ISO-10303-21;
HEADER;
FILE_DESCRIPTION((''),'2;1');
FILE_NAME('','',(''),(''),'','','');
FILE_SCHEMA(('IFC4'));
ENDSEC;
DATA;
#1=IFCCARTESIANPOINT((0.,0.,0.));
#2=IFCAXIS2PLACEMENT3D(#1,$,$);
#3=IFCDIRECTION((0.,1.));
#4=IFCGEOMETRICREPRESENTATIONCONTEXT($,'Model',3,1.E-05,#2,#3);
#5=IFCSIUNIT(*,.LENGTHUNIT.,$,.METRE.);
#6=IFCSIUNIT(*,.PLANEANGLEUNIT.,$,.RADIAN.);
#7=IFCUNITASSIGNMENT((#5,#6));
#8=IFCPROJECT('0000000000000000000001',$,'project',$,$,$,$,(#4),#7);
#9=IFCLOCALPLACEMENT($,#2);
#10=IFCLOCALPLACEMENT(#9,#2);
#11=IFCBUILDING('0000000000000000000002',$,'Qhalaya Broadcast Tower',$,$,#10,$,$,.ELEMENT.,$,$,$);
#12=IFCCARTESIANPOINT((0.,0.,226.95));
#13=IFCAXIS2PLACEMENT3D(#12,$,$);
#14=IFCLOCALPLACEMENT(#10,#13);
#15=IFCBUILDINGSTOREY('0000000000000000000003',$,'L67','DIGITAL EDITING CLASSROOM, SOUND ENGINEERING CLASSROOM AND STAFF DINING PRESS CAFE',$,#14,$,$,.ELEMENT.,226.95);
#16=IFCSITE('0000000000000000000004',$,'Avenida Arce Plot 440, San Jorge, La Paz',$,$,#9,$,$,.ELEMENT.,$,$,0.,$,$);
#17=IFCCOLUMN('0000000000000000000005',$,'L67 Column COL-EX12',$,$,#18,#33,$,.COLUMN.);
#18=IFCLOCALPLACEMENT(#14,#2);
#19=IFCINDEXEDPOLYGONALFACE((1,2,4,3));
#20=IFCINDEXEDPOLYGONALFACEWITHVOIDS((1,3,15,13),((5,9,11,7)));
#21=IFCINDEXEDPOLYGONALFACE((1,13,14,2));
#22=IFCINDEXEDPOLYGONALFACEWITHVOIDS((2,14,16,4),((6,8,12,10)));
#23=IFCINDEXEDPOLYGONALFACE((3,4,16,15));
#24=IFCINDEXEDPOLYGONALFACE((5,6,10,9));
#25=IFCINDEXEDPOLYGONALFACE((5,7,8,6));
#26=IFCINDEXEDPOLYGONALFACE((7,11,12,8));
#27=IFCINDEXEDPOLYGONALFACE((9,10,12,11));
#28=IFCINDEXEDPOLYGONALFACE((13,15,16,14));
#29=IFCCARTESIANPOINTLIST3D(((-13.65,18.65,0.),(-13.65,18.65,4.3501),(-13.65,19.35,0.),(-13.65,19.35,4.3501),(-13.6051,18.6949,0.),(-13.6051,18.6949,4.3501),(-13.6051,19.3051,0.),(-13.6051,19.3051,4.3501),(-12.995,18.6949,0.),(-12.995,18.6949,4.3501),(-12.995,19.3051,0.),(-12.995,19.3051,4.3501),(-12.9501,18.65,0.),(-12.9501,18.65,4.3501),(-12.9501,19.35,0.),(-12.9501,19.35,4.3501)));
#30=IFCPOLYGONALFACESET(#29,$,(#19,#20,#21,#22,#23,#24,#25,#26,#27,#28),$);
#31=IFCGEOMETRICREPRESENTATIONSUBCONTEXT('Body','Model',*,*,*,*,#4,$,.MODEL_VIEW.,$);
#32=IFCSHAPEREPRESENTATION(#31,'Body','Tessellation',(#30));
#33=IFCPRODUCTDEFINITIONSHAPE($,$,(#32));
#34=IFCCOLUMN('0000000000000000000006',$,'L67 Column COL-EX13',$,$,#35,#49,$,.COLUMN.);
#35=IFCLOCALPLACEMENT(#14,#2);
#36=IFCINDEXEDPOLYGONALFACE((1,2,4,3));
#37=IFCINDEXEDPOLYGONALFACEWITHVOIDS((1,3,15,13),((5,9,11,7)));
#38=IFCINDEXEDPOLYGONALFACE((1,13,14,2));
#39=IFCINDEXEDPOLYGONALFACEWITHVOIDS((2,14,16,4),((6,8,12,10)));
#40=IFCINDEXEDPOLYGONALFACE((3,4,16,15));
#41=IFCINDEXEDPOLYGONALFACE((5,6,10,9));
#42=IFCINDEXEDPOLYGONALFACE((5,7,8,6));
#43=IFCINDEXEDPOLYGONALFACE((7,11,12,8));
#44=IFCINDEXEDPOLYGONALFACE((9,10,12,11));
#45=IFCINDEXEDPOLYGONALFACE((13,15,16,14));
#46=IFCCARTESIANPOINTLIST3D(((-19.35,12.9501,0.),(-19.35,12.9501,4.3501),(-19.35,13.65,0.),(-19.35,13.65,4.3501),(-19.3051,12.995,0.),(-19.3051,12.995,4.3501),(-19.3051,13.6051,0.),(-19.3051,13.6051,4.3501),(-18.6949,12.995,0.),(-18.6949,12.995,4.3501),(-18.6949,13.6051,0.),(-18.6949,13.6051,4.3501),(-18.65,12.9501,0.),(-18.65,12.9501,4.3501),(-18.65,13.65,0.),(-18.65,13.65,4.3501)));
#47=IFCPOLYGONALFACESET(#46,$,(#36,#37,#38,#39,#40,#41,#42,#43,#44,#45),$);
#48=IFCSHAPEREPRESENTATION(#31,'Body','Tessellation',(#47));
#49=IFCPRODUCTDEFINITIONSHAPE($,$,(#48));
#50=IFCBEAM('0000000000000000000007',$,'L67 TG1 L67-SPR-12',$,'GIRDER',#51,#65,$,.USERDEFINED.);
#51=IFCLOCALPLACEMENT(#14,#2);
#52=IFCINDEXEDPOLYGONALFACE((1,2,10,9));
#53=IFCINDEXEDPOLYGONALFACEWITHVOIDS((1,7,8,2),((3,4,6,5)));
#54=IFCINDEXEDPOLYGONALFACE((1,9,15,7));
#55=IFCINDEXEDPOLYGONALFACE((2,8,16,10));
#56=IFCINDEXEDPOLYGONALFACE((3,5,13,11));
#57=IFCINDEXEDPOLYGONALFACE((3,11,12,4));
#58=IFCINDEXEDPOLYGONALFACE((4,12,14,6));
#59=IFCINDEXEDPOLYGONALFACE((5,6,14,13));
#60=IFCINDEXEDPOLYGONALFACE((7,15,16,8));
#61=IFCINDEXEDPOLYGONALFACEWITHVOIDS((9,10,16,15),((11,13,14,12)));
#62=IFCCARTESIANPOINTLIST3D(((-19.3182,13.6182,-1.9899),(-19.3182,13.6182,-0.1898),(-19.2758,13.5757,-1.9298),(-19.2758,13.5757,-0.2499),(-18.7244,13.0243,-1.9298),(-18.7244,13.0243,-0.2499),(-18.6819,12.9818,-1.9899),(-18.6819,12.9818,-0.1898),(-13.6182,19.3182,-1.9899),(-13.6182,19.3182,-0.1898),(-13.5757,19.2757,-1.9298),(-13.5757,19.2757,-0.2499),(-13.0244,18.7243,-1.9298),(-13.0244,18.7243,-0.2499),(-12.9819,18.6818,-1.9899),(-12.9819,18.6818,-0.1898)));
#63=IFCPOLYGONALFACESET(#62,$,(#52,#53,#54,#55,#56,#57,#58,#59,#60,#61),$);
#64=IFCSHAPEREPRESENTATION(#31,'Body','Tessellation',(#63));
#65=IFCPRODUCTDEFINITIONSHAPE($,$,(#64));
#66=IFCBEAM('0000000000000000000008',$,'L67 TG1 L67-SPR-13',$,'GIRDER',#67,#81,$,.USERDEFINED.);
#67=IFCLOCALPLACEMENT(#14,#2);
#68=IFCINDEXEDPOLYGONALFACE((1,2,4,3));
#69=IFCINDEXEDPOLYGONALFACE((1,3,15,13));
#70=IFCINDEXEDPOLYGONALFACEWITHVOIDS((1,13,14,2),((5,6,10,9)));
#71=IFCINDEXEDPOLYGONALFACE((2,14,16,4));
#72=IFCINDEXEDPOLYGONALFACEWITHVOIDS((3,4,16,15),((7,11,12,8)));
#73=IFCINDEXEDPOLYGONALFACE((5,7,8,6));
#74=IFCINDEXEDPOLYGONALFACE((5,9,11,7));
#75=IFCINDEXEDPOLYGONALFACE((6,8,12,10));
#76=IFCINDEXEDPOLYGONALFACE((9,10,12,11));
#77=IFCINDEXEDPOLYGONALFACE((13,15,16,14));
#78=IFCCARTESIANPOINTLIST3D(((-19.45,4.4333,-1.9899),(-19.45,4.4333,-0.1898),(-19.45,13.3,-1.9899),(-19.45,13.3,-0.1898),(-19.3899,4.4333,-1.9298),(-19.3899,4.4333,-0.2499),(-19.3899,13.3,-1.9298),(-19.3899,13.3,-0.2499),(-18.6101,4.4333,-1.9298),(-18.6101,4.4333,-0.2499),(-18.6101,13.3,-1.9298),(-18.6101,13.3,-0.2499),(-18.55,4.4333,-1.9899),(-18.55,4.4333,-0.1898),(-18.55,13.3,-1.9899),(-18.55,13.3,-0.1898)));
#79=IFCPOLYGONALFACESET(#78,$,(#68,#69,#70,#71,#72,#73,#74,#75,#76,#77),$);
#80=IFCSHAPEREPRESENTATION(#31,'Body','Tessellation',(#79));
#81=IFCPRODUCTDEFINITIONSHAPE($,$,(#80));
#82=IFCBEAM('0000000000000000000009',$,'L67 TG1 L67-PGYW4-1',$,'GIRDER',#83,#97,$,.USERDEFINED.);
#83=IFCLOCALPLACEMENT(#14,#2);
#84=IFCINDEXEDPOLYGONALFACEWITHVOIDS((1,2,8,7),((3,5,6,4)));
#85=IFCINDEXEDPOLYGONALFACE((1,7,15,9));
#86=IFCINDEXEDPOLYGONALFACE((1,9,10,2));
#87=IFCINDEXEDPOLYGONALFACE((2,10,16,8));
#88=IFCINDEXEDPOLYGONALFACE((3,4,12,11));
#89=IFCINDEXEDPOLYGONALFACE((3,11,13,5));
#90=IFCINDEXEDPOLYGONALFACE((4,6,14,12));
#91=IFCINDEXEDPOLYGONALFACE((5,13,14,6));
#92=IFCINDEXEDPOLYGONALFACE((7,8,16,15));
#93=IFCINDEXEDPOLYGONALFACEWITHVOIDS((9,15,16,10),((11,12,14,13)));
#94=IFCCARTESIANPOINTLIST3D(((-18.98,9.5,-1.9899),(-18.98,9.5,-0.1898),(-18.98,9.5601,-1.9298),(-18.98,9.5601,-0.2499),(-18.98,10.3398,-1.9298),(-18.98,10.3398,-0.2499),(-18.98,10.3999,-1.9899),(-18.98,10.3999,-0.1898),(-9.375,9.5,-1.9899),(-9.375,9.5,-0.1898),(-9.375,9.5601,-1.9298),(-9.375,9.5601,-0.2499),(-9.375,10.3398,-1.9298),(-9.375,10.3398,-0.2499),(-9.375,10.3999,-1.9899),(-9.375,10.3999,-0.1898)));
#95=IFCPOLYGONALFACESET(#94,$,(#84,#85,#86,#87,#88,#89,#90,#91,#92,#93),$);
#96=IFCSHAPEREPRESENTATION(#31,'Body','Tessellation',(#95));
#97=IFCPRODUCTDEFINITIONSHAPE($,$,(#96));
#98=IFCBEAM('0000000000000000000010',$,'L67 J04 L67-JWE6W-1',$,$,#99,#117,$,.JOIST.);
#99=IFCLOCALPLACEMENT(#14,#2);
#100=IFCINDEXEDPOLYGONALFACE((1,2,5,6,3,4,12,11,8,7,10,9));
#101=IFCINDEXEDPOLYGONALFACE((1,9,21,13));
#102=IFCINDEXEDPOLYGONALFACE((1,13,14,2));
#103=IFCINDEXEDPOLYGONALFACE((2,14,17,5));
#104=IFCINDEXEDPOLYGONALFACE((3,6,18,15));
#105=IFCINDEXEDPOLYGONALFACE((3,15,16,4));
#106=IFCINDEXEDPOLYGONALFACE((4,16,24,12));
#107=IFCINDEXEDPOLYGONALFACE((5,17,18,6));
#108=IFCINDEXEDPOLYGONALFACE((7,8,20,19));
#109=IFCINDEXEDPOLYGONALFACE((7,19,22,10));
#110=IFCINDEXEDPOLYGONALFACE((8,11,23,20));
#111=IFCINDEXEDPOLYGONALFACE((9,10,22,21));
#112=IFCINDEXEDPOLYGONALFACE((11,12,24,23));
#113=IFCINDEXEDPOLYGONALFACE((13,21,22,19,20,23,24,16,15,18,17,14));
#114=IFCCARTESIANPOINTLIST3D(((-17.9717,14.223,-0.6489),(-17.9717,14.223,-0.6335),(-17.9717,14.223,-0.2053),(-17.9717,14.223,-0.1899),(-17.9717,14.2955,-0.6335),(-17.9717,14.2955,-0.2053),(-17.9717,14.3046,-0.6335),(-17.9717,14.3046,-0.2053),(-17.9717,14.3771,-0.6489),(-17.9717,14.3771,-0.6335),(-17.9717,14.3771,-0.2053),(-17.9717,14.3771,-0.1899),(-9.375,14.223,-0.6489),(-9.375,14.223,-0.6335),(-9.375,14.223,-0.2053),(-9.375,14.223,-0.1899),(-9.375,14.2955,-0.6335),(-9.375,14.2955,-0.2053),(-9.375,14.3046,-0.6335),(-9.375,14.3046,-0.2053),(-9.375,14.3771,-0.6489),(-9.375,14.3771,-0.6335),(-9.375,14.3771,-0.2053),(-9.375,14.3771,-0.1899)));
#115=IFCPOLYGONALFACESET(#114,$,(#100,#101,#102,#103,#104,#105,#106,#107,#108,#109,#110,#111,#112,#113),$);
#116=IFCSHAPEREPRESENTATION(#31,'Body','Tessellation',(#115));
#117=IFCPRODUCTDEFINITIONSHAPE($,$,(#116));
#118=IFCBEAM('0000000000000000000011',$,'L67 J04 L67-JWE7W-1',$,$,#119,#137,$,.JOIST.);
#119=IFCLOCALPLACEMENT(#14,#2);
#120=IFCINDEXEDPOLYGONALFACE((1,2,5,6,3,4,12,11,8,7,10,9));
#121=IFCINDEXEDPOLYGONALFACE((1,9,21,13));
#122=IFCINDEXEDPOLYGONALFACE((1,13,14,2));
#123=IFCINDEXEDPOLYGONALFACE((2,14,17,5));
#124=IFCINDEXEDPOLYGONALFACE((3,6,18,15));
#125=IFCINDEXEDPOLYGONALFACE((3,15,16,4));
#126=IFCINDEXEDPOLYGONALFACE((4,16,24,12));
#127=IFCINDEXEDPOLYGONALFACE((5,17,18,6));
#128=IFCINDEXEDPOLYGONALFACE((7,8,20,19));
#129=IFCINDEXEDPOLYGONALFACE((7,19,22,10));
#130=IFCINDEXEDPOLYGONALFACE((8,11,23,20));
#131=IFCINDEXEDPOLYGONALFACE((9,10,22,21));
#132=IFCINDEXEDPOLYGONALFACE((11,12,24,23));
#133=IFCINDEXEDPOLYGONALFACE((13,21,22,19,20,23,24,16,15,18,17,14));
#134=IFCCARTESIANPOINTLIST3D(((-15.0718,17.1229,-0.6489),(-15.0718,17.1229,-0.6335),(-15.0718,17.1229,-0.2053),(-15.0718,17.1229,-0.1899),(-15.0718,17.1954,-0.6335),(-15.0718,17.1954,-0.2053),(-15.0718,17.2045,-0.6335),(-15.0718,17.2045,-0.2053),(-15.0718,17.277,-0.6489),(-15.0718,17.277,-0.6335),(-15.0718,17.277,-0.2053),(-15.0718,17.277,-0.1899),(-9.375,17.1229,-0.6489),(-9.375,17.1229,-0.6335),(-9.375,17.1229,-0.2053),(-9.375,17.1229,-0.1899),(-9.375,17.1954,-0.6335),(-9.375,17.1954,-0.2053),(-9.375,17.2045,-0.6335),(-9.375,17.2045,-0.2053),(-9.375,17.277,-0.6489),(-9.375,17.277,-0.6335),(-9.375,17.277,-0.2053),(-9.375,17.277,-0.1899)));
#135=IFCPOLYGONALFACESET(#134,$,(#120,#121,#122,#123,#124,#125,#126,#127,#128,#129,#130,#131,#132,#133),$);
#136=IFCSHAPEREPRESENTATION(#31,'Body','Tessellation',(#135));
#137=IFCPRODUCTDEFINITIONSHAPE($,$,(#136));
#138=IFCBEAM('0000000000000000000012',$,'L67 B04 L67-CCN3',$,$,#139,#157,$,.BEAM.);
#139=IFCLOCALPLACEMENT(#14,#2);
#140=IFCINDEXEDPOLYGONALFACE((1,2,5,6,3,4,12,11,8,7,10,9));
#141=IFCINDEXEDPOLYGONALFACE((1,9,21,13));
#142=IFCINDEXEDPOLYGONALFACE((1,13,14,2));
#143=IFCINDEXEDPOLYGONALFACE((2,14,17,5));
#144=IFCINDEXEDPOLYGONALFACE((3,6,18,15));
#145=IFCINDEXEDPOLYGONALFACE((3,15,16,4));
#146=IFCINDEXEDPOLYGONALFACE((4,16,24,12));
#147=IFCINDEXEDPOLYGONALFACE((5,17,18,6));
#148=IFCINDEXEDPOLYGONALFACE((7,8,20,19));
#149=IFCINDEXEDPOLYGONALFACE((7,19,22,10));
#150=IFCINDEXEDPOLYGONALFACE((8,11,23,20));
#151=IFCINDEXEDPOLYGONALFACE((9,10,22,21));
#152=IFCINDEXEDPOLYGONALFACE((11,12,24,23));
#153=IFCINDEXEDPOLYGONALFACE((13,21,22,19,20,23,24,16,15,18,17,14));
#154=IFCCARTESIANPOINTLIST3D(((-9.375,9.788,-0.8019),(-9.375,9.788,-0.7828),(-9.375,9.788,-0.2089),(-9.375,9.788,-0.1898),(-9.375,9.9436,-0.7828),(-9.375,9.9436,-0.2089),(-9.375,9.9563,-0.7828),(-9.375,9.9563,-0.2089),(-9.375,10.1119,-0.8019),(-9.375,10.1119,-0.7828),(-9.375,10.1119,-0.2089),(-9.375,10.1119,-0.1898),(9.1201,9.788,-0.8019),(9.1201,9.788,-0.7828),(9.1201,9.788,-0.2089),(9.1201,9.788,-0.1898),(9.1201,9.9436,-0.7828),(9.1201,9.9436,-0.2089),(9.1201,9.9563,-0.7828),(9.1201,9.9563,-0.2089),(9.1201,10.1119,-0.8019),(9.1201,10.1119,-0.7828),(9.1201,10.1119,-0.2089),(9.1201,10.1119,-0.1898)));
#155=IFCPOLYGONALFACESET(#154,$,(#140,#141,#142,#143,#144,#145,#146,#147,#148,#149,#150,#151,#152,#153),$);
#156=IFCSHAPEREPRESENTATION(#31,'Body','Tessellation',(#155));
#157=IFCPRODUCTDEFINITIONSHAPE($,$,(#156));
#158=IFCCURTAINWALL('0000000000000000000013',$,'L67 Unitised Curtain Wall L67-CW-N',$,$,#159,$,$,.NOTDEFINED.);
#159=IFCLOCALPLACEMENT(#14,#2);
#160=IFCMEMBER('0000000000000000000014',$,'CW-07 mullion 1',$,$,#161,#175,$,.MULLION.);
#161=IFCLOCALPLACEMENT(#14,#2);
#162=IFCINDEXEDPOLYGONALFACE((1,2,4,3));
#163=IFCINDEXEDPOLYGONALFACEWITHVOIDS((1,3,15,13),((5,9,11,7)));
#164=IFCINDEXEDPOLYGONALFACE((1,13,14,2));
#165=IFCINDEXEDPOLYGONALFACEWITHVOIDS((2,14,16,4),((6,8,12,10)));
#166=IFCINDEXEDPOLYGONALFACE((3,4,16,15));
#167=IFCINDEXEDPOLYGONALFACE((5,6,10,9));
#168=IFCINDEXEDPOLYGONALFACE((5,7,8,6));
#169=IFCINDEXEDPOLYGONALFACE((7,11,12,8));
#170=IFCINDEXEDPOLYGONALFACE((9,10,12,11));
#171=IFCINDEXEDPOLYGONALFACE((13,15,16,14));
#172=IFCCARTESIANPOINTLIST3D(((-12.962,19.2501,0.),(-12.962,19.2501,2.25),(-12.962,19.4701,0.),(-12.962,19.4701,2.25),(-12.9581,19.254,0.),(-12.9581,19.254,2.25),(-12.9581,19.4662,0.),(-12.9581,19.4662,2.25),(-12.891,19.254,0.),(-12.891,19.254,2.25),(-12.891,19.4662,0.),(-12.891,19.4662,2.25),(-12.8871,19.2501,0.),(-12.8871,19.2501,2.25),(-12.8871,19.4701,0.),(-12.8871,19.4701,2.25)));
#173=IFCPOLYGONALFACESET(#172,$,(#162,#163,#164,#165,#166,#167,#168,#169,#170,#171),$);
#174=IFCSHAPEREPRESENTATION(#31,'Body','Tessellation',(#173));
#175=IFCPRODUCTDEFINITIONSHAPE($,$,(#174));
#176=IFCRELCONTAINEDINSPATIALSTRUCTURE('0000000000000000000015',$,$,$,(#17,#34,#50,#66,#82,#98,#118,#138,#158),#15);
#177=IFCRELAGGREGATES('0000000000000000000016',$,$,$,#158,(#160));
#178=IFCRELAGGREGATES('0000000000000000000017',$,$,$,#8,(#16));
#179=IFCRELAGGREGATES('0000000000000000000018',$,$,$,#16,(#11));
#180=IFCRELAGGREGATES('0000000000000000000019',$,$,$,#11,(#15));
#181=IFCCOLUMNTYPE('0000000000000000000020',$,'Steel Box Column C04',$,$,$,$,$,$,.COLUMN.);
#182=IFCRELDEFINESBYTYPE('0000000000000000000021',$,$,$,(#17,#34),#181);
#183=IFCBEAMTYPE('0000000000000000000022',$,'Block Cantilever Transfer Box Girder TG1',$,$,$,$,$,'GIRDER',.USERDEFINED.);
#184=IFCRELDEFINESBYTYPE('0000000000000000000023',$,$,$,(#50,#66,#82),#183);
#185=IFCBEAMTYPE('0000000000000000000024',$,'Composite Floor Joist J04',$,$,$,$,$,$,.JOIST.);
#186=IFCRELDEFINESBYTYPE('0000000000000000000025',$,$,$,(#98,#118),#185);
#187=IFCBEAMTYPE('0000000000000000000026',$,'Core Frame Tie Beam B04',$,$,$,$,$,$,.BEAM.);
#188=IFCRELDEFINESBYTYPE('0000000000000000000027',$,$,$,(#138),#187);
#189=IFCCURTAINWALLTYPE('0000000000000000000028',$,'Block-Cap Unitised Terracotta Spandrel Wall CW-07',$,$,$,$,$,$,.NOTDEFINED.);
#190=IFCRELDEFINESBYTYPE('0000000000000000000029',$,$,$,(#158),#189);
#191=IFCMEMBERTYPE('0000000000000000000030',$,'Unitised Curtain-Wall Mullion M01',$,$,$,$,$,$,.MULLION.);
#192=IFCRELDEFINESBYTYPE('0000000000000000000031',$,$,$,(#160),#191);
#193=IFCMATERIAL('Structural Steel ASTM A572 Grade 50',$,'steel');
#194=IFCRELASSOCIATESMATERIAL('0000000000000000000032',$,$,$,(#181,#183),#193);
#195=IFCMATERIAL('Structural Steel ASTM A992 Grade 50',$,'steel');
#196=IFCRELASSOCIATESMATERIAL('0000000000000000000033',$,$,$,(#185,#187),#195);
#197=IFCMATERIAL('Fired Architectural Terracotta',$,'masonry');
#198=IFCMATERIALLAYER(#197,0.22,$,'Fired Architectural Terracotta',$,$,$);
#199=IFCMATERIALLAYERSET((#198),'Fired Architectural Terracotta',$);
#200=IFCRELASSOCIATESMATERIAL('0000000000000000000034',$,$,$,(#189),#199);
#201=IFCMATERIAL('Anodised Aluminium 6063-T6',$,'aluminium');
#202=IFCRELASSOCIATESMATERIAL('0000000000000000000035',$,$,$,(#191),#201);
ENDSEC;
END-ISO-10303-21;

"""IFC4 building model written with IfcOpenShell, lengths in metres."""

from ifc_helpers import new_model, si_unit, direction, frame, origin, origin_2d, place, context, subcontext, project, spatial, hollow_rectangle, i_section, extrude, material, layer, layer_set, material_profile, profile_set, type_object, element, aggregate, save


model = new_model("IFC4")

# Units and contexts
model_context = context("Model", 3, precision=1e-05, world=origin(), true_north=direction((0.0, 1.0)))
body_context = subcontext(model_context, "Body", "Model", "MODEL_VIEW")
ifc_project = project(units=[si_unit("LENGTHUNIT", "METRE"), si_unit("PLANEANGLEUNIT", "RADIAN")], contexts=[model_context])

# Site, building, storey
site_placement = place(None, origin())
site = spatial("IfcSite", under=ifc_project, at=site_placement, Name="Avenida Arce Plot 440, San Jorge, La Paz", CompositionType="ELEMENT", RefElevation=0.0)
building_placement = place(site_placement, origin())
building = spatial("IfcBuilding", under=site, at=building_placement, Name="Qhalaya Broadcast Tower", CompositionType="ELEMENT")
storey_placement = place(building_placement, frame((0.0, 0.0, 226.95)))
storey = spatial("IfcBuildingStorey", under=building, at=storey_placement, Name="L67", Description="DIGITAL EDITING CLASSROOM, SOUND ENGINEERING CLASSROOM AND STAFF DINING PRESS CAFE", CompositionType="ELEMENT", Elevation=226.95)

# Columns
ifc_material_1 = material(Name="Structural Steel ASTM A572 Grade 50", Category="steel")
ifc_material_profile_1 = material_profile(ifc_material_1, hollow_rectangle(XDim=0.7, YDim=0.7, WallThickness=0.0449, at=origin_2d()), Name="BOX 700x700x45")
ifc_profile_set_1 = profile_set([ifc_material_profile_1], Name="Structural Steel ASTM A572 Grade 50")
column_type = type_object("IfcColumnType", Name="Steel Box Column C04", PredefinedType="COLUMN", material=ifc_profile_set_1)
for number, where, z_axis, x_axis, name in (
    (1, (-13.3, 19.0, 0.0), (0.0, 0.0, 1.0), (1.0, 0.0, 0.0), "L67 Column COL-EX12"),
    (2, (-19.0, 13.3, 0.0), (0.0, 0.0, 1.0), (0.0, 1.0, 0.0), "L67 Column COL-EX13"),
):
    element("IfcColumn", number, at=place(storey_placement, frame(where, z_axis=z_axis, x_axis=x_axis)), inside=storey, type_object=column_type, Name=name, PredefinedType="COLUMN", context=body_context, shape_type="SweptSolid", body=[
        extrude(hollow_rectangle(XDim=0.7, YDim=0.7, WallThickness=0.0449, at=origin_2d()), origin(), (0.0, 0.0, 1.0), 4.3501),
    ])

# Beams
ifc_material_profile_2 = material_profile(ifc_material_1, hollow_rectangle(XDim=0.8999, YDim=1.8, WallThickness=0.0601, at=origin_2d()), Name="BOX 900x1800x60")
ifc_profile_set_2 = profile_set([ifc_material_profile_2], Name="Structural Steel ASTM A572 Grade 50")
beam_type_1 = type_object("IfcBeamType", Name="Block Cantilever Transfer Box Girder TG1", ElementType="GIRDER", PredefinedType="USERDEFINED", material=ifc_profile_set_2)
beam_1_placement = place(storey_placement, frame((-13.3, 19.0, -1.0898), z_axis=(-0.707107, -0.707107, 0.0), x_axis=(0.707107, -0.707107, 0.0)))
element("IfcBeam", 3, at=beam_1_placement, inside=storey, type_object=beam_type_1, Name="L67 TG1 L67-SPR-12", ObjectType="GIRDER", PredefinedType="USERDEFINED", context=body_context, shape_type="SweptSolid", body=[
    extrude(hollow_rectangle(XDim=0.8999, YDim=1.8, WallThickness=0.0601, at=origin_2d()), origin(), (0.0, 0.0, 1.0), 8.061),
])
beam_2_placement = place(storey_placement, frame((-19.0, 13.3, -1.0898), z_axis=(0.0, -1.0, 0.0), x_axis=(1.0, 0.0, 0.0)))
element("IfcBeam", 4, at=beam_2_placement, inside=storey, type_object=beam_type_1, Name="L67 TG1 L67-SPR-13", ObjectType="GIRDER", PredefinedType="USERDEFINED", context=body_context, shape_type="SweptSolid", body=[
    extrude(hollow_rectangle(XDim=0.8999, YDim=1.8, WallThickness=0.0601, at=origin_2d()), origin(), (0.0, 0.0, 1.0), 8.8667),
])
beam_3_placement = place(storey_placement, frame((-18.98, 9.95, -1.0898), z_axis=(1.0, 0.0, 0.0), x_axis=(0.0, 1.0, 0.0)))
element("IfcBeam", 5, at=beam_3_placement, inside=storey, type_object=beam_type_1, Name="L67 TG1 L67-PGYW4-1", ObjectType="GIRDER", PredefinedType="USERDEFINED", context=body_context, shape_type="SweptSolid", body=[
    extrude(hollow_rectangle(XDim=0.8999, YDim=1.8, WallThickness=0.0601, at=origin_2d()), origin(), (0.0, 0.0, 1.0), 9.605),
])
ifc_material_2 = material(Name="Structural Steel ASTM A992 Grade 50", Category="steel")
ifc_material_profile_3 = material_profile(ifc_material_2, i_section(OverallWidth=0.1541, OverallDepth=0.459, WebThickness=0.009, FlangeThickness=0.0154, at=origin_2d()), Name="W18X46")
ifc_profile_set_3 = profile_set([ifc_material_profile_3], Name="Structural Steel ASTM A992 Grade 50")
beam_type_2 = type_object("IfcBeamType", Name="Composite Floor Joist J04", PredefinedType="JOIST", material=ifc_profile_set_3)
beam_4_placement = place(storey_placement, frame((-17.9717, 14.3, -0.4194), z_axis=(1.0, 0.0, 0.0), x_axis=(0.0, 1.0, 0.0)))
element("IfcBeam", 6, at=beam_4_placement, inside=storey, type_object=beam_type_2, Name="L67 J04 L67-JWE6W-1", PredefinedType="JOIST", context=body_context, shape_type="SweptSolid", body=[
    extrude(i_section(OverallWidth=0.1541, OverallDepth=0.459, WebThickness=0.009, FlangeThickness=0.0154, at=origin_2d()), origin(), (0.0, 0.0, 1.0), 8.5967),
])
beam_5_placement = place(storey_placement, frame((-15.0718, 17.2, -0.4194), z_axis=(1.0, 0.0, 0.0), x_axis=(0.0, 1.0, 0.0)))
element("IfcBeam", 7, at=beam_5_placement, inside=storey, type_object=beam_type_2, Name="L67 J04 L67-JWE7W-1", PredefinedType="JOIST", context=body_context, shape_type="SweptSolid", body=[
    extrude(i_section(OverallWidth=0.1541, OverallDepth=0.459, WebThickness=0.009, FlangeThickness=0.0154, at=origin_2d()), origin(), (0.0, 0.0, 1.0), 5.6968),
])
ifc_material_profile_4 = material_profile(ifc_material_2, i_section(OverallWidth=0.324, OverallDepth=0.6121, WebThickness=0.0127, FlangeThickness=0.019, at=origin_2d()), Name="W24X104")
ifc_profile_set_4 = profile_set([ifc_material_profile_4], Name="Structural Steel ASTM A992 Grade 50")
beam_type_3 = type_object("IfcBeamType", Name="Core Frame Tie Beam B04", PredefinedType="BEAM", material=ifc_profile_set_4)
beam_6_placement = place(storey_placement, frame((-9.375, 9.95, -0.4958), z_axis=(1.0, 0.0, 0.0), x_axis=(0.0, 1.0, 0.0)))
element("IfcBeam", 8, at=beam_6_placement, inside=storey, type_object=beam_type_3, Name="L67 B04 L67-CCN3", PredefinedType="BEAM", context=body_context, shape_type="SweptSolid", body=[
    extrude(i_section(OverallWidth=0.324, OverallDepth=0.6121, WebThickness=0.0127, FlangeThickness=0.019, at=origin_2d()), origin(), (0.0, 0.0, 1.0), 18.4951),
])

# Curtain wall, member
ifc_material_3 = material(Name="Fired Architectural Terracotta", Category="masonry")
ifc_layer_1 = layer(ifc_material_3, 0.22, Name="Fired Architectural Terracotta")
ifc_layer_set_1 = layer_set([ifc_layer_1], Name="Fired Architectural Terracotta")
curtain_wall_type = type_object("IfcCurtainWallType", Name="Block-Cap Unitised Terracotta Spandrel Wall CW-07", PredefinedType="NOTDEFINED", material=ifc_layer_set_1)
curtain_wall_1_placement = place(storey_placement, origin())
curtain_wall_1 = element("IfcCurtainWall", 9, at=curtain_wall_1_placement, inside=storey, type_object=curtain_wall_type, Name="L67 Unitised Curtain Wall L67-CW-N", PredefinedType="NOTDEFINED")
ifc_material_4 = material(Name="Anodised Aluminium 6063-T6", Category="aluminium")
ifc_material_profile_5 = material_profile(ifc_material_4, hollow_rectangle(XDim=0.075, YDim=0.22, WallThickness=0.0039, at=origin_2d()), Name="ALU-MUL 75x220x4")
ifc_profile_set_5 = profile_set([ifc_material_profile_5], Name="Anodised Aluminium 6063-T6")
member_type_1 = type_object("IfcMemberType", Name="Unitised Curtain-Wall Mullion M01", PredefinedType="MULLION", material=ifc_profile_set_5)
member_1_placement = place(storey_placement, frame((-12.9246, 19.3601, 0.0), z_axis=(0.0, 0.0, 1.0), x_axis=(1.0, 0.0, 0.0)))
member_1 = element("IfcMember", 10, at=member_1_placement, type_object=member_type_1, Name="CW-07 mullion 1", PredefinedType="MULLION", context=body_context, shape_type="SweptSolid", body=[
    extrude(hollow_rectangle(XDim=0.075, YDim=0.22, WallThickness=0.0039, at=origin_2d()), origin(), (0.0, 0.0, 1.0), 2.25),
])

aggregate(curtain_wall_1, [member_1])

save(model, "model.ifc")
